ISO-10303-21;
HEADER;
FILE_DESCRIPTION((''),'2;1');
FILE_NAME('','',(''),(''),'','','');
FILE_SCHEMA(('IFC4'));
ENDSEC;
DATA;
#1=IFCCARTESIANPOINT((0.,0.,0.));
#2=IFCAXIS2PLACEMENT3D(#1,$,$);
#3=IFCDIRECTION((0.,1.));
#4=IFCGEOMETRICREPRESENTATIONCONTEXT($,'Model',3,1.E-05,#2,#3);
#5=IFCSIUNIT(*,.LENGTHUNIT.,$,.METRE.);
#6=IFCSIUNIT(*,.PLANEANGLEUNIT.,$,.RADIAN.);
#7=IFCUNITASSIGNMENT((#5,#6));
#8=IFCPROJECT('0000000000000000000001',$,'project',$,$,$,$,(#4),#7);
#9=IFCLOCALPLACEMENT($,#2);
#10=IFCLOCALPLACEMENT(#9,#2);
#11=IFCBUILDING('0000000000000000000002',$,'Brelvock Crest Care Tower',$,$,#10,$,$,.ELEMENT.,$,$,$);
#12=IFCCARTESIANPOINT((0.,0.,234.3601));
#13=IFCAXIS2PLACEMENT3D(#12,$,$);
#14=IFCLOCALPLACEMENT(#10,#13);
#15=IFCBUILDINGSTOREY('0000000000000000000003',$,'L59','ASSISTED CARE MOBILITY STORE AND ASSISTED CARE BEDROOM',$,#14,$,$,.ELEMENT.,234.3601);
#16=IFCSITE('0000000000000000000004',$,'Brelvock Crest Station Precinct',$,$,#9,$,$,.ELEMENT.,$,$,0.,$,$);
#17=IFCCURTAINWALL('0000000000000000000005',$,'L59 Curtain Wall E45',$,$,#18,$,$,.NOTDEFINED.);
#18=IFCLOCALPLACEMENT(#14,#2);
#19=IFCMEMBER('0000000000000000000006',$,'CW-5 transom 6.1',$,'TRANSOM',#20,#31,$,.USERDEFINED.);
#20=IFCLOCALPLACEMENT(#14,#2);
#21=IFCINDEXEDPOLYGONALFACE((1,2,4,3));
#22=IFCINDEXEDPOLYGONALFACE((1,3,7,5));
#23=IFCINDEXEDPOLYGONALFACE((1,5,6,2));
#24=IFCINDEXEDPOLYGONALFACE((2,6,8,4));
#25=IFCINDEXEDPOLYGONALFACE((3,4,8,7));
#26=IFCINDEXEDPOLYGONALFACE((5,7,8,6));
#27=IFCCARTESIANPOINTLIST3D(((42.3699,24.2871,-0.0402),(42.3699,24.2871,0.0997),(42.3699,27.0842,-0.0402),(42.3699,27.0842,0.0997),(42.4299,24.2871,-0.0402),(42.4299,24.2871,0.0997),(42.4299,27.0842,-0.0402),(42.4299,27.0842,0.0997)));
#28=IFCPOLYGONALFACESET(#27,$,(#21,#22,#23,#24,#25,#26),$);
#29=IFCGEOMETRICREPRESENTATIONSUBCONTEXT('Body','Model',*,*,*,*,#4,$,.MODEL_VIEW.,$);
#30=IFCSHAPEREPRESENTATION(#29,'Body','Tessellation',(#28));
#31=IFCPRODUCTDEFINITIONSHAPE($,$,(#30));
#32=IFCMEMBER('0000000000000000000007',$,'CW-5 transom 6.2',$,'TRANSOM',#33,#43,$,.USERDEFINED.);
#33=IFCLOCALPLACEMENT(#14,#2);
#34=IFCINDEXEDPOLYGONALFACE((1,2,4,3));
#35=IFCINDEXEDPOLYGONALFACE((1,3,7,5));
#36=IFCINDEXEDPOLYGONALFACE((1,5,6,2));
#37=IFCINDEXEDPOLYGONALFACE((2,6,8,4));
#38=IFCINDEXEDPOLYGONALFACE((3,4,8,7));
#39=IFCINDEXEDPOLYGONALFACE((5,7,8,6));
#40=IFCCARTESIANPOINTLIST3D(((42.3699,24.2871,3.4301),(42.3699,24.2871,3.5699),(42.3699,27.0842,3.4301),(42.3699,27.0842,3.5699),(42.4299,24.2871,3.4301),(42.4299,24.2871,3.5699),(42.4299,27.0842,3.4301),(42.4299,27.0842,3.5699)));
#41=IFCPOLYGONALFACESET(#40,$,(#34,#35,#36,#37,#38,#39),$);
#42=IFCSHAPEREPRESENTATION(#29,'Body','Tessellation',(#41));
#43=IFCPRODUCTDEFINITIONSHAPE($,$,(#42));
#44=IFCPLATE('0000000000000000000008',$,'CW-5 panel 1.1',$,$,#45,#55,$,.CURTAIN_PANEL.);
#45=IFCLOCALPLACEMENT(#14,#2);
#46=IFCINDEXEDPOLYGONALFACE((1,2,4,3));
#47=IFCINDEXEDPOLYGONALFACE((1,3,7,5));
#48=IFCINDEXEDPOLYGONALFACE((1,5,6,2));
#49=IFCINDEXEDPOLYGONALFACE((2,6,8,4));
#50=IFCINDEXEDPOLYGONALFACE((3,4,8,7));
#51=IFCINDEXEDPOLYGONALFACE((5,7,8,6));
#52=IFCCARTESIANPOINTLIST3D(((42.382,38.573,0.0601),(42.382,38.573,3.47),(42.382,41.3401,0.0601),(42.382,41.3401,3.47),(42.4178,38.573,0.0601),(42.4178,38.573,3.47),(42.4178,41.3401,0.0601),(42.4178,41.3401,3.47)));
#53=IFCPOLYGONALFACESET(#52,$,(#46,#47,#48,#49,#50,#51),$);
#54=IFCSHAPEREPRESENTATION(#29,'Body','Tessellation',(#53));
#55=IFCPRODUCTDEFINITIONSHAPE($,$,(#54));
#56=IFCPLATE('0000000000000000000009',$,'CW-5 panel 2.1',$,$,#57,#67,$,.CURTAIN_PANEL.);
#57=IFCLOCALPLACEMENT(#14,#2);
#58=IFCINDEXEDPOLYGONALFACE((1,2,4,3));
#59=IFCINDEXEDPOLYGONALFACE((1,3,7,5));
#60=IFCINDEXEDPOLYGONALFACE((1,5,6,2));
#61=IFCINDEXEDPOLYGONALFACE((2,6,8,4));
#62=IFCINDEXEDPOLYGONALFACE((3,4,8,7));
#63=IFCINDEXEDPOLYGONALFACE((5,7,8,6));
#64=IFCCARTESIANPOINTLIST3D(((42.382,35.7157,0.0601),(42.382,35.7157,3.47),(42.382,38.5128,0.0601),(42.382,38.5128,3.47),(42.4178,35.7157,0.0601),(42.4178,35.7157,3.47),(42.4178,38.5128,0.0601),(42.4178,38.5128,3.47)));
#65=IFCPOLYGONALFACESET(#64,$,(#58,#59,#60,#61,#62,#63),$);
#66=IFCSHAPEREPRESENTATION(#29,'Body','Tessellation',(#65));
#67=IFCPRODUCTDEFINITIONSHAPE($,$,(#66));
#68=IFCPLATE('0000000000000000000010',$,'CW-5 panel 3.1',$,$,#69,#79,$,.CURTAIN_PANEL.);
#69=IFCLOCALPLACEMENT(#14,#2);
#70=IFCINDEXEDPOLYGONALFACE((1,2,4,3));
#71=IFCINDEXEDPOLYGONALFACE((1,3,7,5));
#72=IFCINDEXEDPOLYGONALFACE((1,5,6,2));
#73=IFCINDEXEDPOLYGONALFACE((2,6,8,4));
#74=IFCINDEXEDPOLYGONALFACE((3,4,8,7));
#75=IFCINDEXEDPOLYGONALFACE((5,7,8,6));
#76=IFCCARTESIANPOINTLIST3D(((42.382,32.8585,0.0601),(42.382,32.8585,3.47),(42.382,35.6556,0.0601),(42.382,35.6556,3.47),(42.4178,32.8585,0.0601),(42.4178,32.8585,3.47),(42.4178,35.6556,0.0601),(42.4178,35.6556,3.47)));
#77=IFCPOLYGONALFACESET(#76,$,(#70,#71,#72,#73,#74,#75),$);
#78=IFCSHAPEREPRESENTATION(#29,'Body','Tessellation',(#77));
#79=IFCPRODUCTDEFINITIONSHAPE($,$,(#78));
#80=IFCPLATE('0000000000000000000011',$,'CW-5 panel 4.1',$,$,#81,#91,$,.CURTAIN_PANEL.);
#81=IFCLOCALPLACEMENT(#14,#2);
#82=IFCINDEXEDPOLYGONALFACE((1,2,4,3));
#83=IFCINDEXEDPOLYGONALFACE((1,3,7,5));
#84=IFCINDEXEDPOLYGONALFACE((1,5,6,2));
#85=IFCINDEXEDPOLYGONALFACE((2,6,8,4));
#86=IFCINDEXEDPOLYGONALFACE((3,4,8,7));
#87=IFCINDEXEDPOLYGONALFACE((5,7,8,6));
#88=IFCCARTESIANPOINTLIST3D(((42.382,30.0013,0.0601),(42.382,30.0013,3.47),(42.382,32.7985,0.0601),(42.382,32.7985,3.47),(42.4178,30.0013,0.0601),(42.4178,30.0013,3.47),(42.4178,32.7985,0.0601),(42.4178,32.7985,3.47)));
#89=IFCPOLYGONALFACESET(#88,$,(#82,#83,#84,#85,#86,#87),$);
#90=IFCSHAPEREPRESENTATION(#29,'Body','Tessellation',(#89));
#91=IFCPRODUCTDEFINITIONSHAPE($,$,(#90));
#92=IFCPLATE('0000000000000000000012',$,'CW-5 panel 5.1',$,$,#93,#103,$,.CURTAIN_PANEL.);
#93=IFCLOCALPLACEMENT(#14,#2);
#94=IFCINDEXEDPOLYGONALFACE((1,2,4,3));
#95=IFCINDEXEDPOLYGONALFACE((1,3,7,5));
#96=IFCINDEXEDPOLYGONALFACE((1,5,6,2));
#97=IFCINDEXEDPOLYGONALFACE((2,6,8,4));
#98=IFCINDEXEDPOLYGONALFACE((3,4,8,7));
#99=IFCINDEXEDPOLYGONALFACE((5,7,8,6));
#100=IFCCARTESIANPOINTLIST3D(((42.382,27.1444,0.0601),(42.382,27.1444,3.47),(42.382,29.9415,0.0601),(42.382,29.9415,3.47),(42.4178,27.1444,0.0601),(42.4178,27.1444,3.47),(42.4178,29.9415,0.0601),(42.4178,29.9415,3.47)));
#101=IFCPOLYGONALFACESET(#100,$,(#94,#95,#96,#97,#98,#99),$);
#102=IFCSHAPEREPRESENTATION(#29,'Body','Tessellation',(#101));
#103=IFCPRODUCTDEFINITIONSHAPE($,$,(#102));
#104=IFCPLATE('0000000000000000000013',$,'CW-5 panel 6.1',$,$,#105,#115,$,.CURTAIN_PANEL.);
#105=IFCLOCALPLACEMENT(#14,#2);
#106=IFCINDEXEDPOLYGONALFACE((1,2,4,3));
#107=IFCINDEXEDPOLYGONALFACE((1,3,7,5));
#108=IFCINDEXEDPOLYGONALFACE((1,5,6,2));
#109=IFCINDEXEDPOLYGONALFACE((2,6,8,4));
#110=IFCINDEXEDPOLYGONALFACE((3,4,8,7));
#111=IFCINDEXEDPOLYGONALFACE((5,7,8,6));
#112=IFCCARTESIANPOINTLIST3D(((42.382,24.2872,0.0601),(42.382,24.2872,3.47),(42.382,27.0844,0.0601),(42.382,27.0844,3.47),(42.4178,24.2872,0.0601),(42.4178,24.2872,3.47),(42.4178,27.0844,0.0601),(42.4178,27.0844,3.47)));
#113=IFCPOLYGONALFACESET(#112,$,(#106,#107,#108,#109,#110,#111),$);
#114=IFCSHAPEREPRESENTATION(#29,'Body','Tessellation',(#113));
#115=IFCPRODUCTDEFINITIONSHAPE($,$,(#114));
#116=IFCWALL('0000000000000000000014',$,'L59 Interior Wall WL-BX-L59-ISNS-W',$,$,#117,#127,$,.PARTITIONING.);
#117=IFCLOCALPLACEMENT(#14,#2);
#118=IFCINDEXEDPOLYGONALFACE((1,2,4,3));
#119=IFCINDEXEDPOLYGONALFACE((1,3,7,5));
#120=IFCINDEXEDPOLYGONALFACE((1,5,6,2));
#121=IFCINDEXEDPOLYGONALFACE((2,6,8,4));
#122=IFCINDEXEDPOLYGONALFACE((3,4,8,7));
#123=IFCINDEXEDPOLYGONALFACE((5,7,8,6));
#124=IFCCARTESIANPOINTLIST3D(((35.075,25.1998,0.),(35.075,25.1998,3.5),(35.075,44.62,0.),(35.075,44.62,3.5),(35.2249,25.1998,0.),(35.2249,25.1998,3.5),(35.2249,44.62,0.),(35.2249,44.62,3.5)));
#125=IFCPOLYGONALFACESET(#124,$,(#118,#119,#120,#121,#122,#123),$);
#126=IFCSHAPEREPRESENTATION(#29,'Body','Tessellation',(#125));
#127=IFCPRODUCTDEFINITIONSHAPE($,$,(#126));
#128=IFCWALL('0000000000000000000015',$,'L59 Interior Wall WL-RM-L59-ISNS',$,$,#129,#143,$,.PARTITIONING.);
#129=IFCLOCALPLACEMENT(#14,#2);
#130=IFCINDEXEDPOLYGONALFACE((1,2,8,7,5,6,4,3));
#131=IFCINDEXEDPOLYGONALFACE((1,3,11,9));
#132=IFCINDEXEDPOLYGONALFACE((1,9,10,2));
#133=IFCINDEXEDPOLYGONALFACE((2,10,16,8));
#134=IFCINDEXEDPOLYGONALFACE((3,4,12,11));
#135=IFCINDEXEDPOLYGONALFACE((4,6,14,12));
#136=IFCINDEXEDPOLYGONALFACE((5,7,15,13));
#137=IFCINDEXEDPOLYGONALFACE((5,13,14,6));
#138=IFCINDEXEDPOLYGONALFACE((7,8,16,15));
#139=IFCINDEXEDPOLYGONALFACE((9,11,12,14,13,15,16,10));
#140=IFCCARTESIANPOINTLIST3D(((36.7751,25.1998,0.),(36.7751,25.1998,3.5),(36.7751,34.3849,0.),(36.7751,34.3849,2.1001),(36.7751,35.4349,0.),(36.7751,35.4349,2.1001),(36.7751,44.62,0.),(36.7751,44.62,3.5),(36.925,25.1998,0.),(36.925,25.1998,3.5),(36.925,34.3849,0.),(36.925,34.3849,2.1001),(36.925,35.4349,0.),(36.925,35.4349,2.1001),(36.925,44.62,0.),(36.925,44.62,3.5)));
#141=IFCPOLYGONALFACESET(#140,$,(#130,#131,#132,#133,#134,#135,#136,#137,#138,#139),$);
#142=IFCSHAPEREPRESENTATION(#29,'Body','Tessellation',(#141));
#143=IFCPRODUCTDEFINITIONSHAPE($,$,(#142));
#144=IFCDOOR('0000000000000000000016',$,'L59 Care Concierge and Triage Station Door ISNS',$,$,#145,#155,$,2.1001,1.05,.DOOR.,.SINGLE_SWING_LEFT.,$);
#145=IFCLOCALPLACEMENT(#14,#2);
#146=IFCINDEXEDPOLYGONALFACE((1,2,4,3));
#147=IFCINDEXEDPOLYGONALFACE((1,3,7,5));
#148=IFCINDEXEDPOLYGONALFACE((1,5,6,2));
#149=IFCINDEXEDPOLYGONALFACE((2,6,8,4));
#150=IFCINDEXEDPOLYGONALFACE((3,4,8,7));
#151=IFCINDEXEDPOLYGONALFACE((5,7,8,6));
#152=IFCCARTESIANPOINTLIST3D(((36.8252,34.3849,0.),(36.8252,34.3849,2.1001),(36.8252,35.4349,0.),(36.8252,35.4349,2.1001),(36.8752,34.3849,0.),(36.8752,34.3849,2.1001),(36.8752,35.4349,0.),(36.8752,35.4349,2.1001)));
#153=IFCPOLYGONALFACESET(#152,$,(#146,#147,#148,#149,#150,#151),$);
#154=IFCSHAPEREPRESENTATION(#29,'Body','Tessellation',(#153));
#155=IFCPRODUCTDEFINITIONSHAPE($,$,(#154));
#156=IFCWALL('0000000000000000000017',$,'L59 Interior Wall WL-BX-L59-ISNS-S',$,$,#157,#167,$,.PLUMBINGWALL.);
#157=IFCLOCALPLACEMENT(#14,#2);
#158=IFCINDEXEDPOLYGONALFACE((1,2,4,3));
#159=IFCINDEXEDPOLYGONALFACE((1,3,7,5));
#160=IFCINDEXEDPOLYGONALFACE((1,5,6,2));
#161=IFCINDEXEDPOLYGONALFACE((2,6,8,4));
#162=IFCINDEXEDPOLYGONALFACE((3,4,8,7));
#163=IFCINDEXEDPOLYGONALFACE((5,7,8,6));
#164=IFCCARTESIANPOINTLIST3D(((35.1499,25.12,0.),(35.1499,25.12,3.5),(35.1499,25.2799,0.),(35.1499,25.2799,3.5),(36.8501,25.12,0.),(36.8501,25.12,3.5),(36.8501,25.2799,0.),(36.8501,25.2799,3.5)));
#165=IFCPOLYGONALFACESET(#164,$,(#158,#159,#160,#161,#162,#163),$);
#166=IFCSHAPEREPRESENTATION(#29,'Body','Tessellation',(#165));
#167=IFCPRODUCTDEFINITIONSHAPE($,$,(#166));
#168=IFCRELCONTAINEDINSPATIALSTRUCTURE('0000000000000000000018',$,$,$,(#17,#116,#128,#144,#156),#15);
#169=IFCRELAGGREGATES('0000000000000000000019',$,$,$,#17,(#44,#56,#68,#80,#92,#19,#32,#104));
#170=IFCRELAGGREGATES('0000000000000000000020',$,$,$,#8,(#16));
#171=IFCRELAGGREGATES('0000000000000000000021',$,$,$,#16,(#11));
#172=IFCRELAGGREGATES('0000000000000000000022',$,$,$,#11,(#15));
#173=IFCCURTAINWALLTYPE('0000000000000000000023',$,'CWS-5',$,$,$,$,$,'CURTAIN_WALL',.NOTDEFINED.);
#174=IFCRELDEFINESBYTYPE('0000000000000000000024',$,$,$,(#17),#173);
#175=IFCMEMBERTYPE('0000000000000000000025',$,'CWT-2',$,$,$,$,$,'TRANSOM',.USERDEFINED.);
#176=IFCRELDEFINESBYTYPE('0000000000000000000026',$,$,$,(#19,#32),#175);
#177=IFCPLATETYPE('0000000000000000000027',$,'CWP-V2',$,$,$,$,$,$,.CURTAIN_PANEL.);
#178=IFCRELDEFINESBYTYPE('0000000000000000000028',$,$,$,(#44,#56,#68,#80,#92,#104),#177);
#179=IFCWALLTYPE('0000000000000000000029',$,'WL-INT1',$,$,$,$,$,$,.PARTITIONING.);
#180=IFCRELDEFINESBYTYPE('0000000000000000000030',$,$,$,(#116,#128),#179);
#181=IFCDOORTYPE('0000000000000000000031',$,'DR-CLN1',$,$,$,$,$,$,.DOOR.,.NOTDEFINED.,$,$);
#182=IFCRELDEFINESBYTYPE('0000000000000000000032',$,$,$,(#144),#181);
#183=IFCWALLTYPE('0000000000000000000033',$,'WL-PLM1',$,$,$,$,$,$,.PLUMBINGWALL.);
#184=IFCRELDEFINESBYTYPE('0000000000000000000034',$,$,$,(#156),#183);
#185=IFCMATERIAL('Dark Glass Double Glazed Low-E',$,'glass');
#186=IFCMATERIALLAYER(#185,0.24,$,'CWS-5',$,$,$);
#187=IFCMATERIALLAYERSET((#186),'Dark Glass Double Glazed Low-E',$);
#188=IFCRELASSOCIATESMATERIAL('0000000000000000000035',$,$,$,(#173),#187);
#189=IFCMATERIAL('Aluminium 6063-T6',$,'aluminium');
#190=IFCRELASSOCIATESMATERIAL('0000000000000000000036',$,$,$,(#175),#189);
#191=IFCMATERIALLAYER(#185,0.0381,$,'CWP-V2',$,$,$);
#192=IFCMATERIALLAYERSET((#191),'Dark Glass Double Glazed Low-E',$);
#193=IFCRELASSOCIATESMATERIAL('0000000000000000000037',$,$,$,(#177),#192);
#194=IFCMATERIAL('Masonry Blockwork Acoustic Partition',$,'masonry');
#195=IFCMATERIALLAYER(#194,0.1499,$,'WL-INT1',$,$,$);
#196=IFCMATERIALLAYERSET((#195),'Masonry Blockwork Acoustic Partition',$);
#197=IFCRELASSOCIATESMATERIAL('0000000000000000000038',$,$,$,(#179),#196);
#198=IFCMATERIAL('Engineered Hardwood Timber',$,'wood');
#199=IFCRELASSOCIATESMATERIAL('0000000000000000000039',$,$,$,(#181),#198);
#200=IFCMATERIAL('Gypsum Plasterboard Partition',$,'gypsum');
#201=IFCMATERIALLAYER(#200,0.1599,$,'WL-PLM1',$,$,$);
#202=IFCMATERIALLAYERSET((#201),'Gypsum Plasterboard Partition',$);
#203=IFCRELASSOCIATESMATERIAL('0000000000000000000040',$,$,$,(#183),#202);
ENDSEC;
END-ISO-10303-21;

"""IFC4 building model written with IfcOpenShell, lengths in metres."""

from ifc_helpers import new_model, si_unit, direction, frame, frame_2d, origin, origin_2d, place, context, subcontext, project, spatial, rectangle, extrude, source, transform, mapped, material, layer, layer_set, material_profile, profile_set, type_object, element, fill, aggregate, save


model = new_model("IFC4")

# Units and contexts
model_context = context("Model", 3, precision=1e-05, world=origin(), true_north=direction((0.0, 1.0)))
body_context = subcontext(model_context, "Body", "Model", "MODEL_VIEW")
ifc_project = project(units=[si_unit("LENGTHUNIT", "METRE"), si_unit("PLANEANGLEUNIT", "RADIAN")], contexts=[model_context])

# Site, building, storey
site_placement = place(None, origin())
site = spatial("IfcSite", under=ifc_project, at=site_placement, Name="Brelvock Crest Station Precinct", CompositionType="ELEMENT", RefElevation=0.0)
building_placement = place(site_placement, origin())
building = spatial("IfcBuilding", under=site, at=building_placement, Name="Brelvock Crest Care Tower", CompositionType="ELEMENT")
storey_placement = place(building_placement, frame((0.0, 0.0, 234.3601)))
storey = spatial("IfcBuildingStorey", under=building, at=storey_placement, Name="L59", Description="ASSISTED CARE MOBILITY STORE AND ASSISTED CARE BEDROOM", CompositionType="ELEMENT", Elevation=234.3601)

# Curtain wall, members, plates
ifc_material_1 = material(Name="Dark Glass Double Glazed Low-E", Category="glass")
ifc_layer_1 = layer(ifc_material_1, 0.24, Name="CWS-5")
ifc_layer_set_1 = layer_set([ifc_layer_1], Name="Dark Glass Double Glazed Low-E")
curtain_wall_type = type_object("IfcCurtainWallType", Name="CWS-5", ElementType="CURTAIN_WALL", PredefinedType="NOTDEFINED", material=ifc_layer_set_1)
curtain_wall_placement = place(storey_placement, origin())
curtain_wall = element("IfcCurtainWall", 1, at=curtain_wall_placement, inside=storey, type_object=curtain_wall_type, Name="L59 Curtain Wall E45", PredefinedType="NOTDEFINED")
ifc_material_2 = material(Name="Aluminium 6063-T6", Category="aluminium")
ifc_material_profile_1 = material_profile(ifc_material_2, rectangle(XDim=0.0601, YDim=0.1399, at=origin_2d()), Name="ALU60x140")
ifc_profile_set_1 = profile_set([ifc_material_profile_1], Name="Aluminium 6063-T6")
member_type_1 = type_object("IfcMemberType", Name="CWT-2", ElementType="TRANSOM", PredefinedType="USERDEFINED", material=ifc_profile_set_1)
shared_shape_1 = source(origin(), body_context, "Body", "SweptSolid", [
    extrude(rectangle(XDim=0.0601, YDim=0.1399, at=origin_2d()), origin(), (0.0, 0.0, 1.0), 2.7971),
])
member_1_placement = place(storey_placement, frame((42.3999, 27.0842, 0.0298), z_axis=(0.0, -1.0, 0.0), x_axis=(1.0, 0.0, 0.0)))
member_1 = element("IfcMember", 2, at=member_1_placement, type_object=member_type_1, Name="CW-5 transom 6.1", ObjectType="TRANSOM", PredefinedType="USERDEFINED", context=body_context, shape_type="MappedRepresentation", body=[
    mapped(shared_shape_1, transform((0.0, 0.0, 0.0), x_axis=(1.0, 0.0, 0.0), y_axis=(0.0, 1.0, 0.0), z_axis=(0.0, 0.0, 1.0), scale=1.0)),
])
member_2_placement = place(storey_placement, frame((42.3999, 27.0842, 3.5), z_axis=(0.0, -1.0, 0.0), x_axis=(1.0, 0.0, 0.0)))
member_2 = element("IfcMember", 3, at=member_2_placement, type_object=member_type_1, Name="CW-5 transom 6.2", ObjectType="TRANSOM", PredefinedType="USERDEFINED", context=body_context, shape_type="MappedRepresentation", body=[
    mapped(shared_shape_1, transform((0.0, 0.0, 0.0), x_axis=(1.0, 0.0, 0.0), y_axis=(0.0, 1.0, 0.0), z_axis=(0.0, 0.0, 1.0), scale=1.0)),
])
ifc_layer_2 = layer(ifc_material_1, 0.0381, Name="CWP-V2")
ifc_layer_set_2 = layer_set([ifc_layer_2], Name="Dark Glass Double Glazed Low-E")
plate_type = type_object("IfcPlateType", Name="CWP-V2", PredefinedType="CURTAIN_PANEL", material=ifc_layer_set_2)
shared_shape_2 = source(origin(), body_context, "Body", "SweptSolid", [
    extrude(rectangle(XDim=2.7671, YDim=0.0359, at=origin_2d()), origin(), (0.0, 0.0, 1.0), 3.4099),
])
plate_1_placement = place(storey_placement, frame((42.3999, 39.9565, 0.0601), z_axis=(0.0, 0.0, 1.0), x_axis=(0.0, -1.0, 0.0)))
plate_1 = element("IfcPlate", 4, at=plate_1_placement, type_object=plate_type, Name="CW-5 panel 1.1", PredefinedType="CURTAIN_PANEL", context=body_context, shape_type="MappedRepresentation", body=[
    mapped(shared_shape_2, transform((0.0, 0.0, 0.0), x_axis=(1.0, 0.0, 0.0), y_axis=(0.0, 1.0, 0.0), z_axis=(0.0, 0.0, 1.0), scale=1.0)),
])
shared_shape_3 = source(origin(), body_context, "Body", "SweptSolid", [
    extrude(rectangle(XDim=2.7971, YDim=0.0359, at=origin_2d()), origin(), (0.0, 0.0, 1.0), 3.4099),
])
plate_2_placement = place(storey_placement, frame((42.3999, 37.1143, 0.0601), z_axis=(0.0, 0.0, 1.0), x_axis=(0.0, -1.0, 0.0)))
plate_2 = element("IfcPlate", 5, at=plate_2_placement, type_object=plate_type, Name="CW-5 panel 2.1", PredefinedType="CURTAIN_PANEL", context=body_context, shape_type="MappedRepresentation", body=[
    mapped(shared_shape_3, transform((0.0, 0.0, 0.0), x_axis=(1.0, 0.0, 0.0), y_axis=(0.0, 1.0, 0.0), z_axis=(0.0, 0.0, 1.0), scale=1.0)),
])
plate_3_placement = place(storey_placement, frame((42.3999, 34.2571, 0.0601), z_axis=(0.0, 0.0, 1.0), x_axis=(0.0, -1.0, 0.0)))
plate_3 = element("IfcPlate", 6, at=plate_3_placement, type_object=plate_type, Name="CW-5 panel 3.1", PredefinedType="CURTAIN_PANEL", context=body_context, shape_type="MappedRepresentation", body=[
    mapped(shared_shape_3, transform((0.0, 0.0, 0.0), x_axis=(1.0, 0.0, 0.0), y_axis=(0.0, 1.0, 0.0), z_axis=(0.0, 0.0, 1.0), scale=1.0)),
])
plate_4_placement = place(storey_placement, frame((42.3999, 31.3999, 0.0601), z_axis=(0.0, 0.0, 1.0), x_axis=(0.0, -1.0, 0.0)))
plate_4 = element("IfcPlate", 7, at=plate_4_placement, type_object=plate_type, Name="CW-5 panel 4.1", PredefinedType="CURTAIN_PANEL", context=body_context, shape_type="MappedRepresentation", body=[
    mapped(shared_shape_3, transform((0.0, 0.0, 0.0), x_axis=(1.0, 0.0, 0.0), y_axis=(0.0, 1.0, 0.0), z_axis=(0.0, 0.0, 1.0), scale=1.0)),
])
plate_5_placement = place(storey_placement, frame((42.3999, 28.543, 0.0601), z_axis=(0.0, 0.0, 1.0), x_axis=(0.0, -1.0, 0.0)))
plate_5 = element("IfcPlate", 8, at=plate_5_placement, type_object=plate_type, Name="CW-5 panel 5.1", PredefinedType="CURTAIN_PANEL", context=body_context, shape_type="MappedRepresentation", body=[
    mapped(shared_shape_3, transform((0.0, 0.0, 0.0), x_axis=(1.0, 0.0, 0.0), y_axis=(0.0, 1.0, 0.0), z_axis=(0.0, 0.0, 1.0), scale=1.0)),
])
plate_6_placement = place(storey_placement, frame((42.3999, 25.6858, 0.0601), z_axis=(0.0, 0.0, 1.0), x_axis=(0.0, -1.0, 0.0)))
plate_6 = element("IfcPlate", 9, at=plate_6_placement, type_object=plate_type, Name="CW-5 panel 6.1", PredefinedType="CURTAIN_PANEL", context=body_context, shape_type="MappedRepresentation", body=[
    mapped(shared_shape_3, transform((0.0, 0.0, 0.0), x_axis=(1.0, 0.0, 0.0), y_axis=(0.0, 1.0, 0.0), z_axis=(0.0, 0.0, 1.0), scale=1.0)),
])
aggregate(curtain_wall, [plate_1, plate_2, plate_3, plate_4, plate_5, member_1, member_2, plate_6])

# Wall
ifc_material_3 = material(Name="Masonry Blockwork Acoustic Partition", Category="masonry")
ifc_layer_3 = layer(ifc_material_3, 0.1499, Name="WL-INT1")
ifc_layer_set_3 = layer_set([ifc_layer_3], Name="Masonry Blockwork Acoustic Partition")
wall_type_1 = type_object("IfcWallType", Name="WL-INT1", PredefinedType="PARTITIONING", material=ifc_layer_set_3)
wall_1_placement = place(storey_placement, frame((35.1499, 25.2, 0.0), z_axis=(0.0, 0.0, 1.0), x_axis=(0.0, 1.0, 0.0)))
element("IfcWall", 10, at=wall_1_placement, inside=storey, type_object=wall_type_1, Name="L59 Interior Wall WL-BX-L59-ISNS-W", PredefinedType="PARTITIONING", context=body_context, shape_type="SweptSolid", body=[
    extrude(rectangle(XDim=19.4202, YDim=0.1499, at=frame_2d((9.71, 0.0))), origin(), (0.0, 0.0, 1.0), 3.5),
])

# Wall, opening, door
wall_2_placement = place(storey_placement, frame((36.8501, 25.2, 0.0), z_axis=(0.0, 0.0, 1.0), x_axis=(0.0, 1.0, 0.0)))
wall_2 = element("IfcWall", 11, at=wall_2_placement, inside=storey, type_object=wall_type_1, Name="L59 Interior Wall WL-RM-L59-ISNS", PredefinedType="PARTITIONING", context=body_context, shape_type="SweptSolid", body=[
    extrude(rectangle(XDim=19.4202, YDim=0.1499, at=frame_2d((9.71, 0.0))), origin(), (0.0, 0.0, 1.0), 3.5),
])
opening_placement = place(wall_2_placement, frame((9.1851, 0.0, 0.0)))
opening = element("IfcOpeningElement", 12, at=opening_placement, cuts=wall_2, PredefinedType="OPENING", context=body_context, shape_type="SweptSolid", body=[
    extrude(rectangle(XDim=1.05, YDim=2.1001, at=origin_2d()), frame((0.5249, 0.085, 1.05), z_axis=(0.0, -1.0, 0.0), x_axis=(1.0, 0.0, 0.0)), (0.0, 0.0, 1.0), 0.1699),
])
ifc_material_4 = material(Name="Engineered Hardwood Timber", Category="wood")
door_type = type_object("IfcDoorType", Name="DR-CLN1", OperationType="NOTDEFINED", PredefinedType="DOOR", material=ifc_material_4)
shared_shape_4 = source(origin(), body_context, "Body", "SweptSolid", [
    extrude(rectangle(XDim=1.05, YDim=2.1001, at=origin_2d()), frame((0.5249, 0.0249, 1.05), z_axis=(0.0, -1.0, 0.0), x_axis=(1.0, 0.0, 0.0)), (0.0, 0.0, 1.0), 0.05),
])
door_placement = place(opening_placement, origin())
door = element("IfcDoor", 13, at=door_placement, inside=storey, type_object=door_type, Name="L59 Care Concierge and Triage Station Door ISNS", OperationType="SINGLE_SWING_LEFT", OverallHeight=2.1001, OverallWidth=1.05, PredefinedType="DOOR", context=body_context, shape_type="MappedRepresentation", body=[
    mapped(shared_shape_4, transform((0.0, 0.0, 0.0), x_axis=(1.0, 0.0, 0.0), y_axis=(0.0, 1.0, 0.0), z_axis=(0.0, 0.0, 1.0), scale=1.0)),
])
fill(opening, door)

# Wall
ifc_material_5 = material(Name="Gypsum Plasterboard Partition", Category="gypsum")
ifc_layer_4 = layer(ifc_material_5, 0.1599, Name="WL-PLM1")
ifc_layer_set_4 = layer_set([ifc_layer_4], Name="Gypsum Plasterboard Partition")
wall_type_2 = type_object("IfcWallType", Name="WL-PLM1", PredefinedType="PLUMBINGWALL", material=ifc_layer_set_4)
wall_3_placement = place(storey_placement, frame((35.1499, 25.2, 0.0), z_axis=(0.0, 0.0, 1.0), x_axis=(1.0, 0.0, 0.0)))
element("IfcWall", 14, at=wall_3_placement, inside=storey, type_object=wall_type_2, Name="L59 Interior Wall WL-BX-L59-ISNS-S", PredefinedType="PLUMBINGWALL", context=body_context, shape_type="SweptSolid", body=[
    extrude(rectangle(XDim=1.7002, YDim=0.1599, at=frame_2d((0.8501, 0.0))), origin(), (0.0, 0.0, 1.0), 3.5),
])

save(model, "model.ifc")
